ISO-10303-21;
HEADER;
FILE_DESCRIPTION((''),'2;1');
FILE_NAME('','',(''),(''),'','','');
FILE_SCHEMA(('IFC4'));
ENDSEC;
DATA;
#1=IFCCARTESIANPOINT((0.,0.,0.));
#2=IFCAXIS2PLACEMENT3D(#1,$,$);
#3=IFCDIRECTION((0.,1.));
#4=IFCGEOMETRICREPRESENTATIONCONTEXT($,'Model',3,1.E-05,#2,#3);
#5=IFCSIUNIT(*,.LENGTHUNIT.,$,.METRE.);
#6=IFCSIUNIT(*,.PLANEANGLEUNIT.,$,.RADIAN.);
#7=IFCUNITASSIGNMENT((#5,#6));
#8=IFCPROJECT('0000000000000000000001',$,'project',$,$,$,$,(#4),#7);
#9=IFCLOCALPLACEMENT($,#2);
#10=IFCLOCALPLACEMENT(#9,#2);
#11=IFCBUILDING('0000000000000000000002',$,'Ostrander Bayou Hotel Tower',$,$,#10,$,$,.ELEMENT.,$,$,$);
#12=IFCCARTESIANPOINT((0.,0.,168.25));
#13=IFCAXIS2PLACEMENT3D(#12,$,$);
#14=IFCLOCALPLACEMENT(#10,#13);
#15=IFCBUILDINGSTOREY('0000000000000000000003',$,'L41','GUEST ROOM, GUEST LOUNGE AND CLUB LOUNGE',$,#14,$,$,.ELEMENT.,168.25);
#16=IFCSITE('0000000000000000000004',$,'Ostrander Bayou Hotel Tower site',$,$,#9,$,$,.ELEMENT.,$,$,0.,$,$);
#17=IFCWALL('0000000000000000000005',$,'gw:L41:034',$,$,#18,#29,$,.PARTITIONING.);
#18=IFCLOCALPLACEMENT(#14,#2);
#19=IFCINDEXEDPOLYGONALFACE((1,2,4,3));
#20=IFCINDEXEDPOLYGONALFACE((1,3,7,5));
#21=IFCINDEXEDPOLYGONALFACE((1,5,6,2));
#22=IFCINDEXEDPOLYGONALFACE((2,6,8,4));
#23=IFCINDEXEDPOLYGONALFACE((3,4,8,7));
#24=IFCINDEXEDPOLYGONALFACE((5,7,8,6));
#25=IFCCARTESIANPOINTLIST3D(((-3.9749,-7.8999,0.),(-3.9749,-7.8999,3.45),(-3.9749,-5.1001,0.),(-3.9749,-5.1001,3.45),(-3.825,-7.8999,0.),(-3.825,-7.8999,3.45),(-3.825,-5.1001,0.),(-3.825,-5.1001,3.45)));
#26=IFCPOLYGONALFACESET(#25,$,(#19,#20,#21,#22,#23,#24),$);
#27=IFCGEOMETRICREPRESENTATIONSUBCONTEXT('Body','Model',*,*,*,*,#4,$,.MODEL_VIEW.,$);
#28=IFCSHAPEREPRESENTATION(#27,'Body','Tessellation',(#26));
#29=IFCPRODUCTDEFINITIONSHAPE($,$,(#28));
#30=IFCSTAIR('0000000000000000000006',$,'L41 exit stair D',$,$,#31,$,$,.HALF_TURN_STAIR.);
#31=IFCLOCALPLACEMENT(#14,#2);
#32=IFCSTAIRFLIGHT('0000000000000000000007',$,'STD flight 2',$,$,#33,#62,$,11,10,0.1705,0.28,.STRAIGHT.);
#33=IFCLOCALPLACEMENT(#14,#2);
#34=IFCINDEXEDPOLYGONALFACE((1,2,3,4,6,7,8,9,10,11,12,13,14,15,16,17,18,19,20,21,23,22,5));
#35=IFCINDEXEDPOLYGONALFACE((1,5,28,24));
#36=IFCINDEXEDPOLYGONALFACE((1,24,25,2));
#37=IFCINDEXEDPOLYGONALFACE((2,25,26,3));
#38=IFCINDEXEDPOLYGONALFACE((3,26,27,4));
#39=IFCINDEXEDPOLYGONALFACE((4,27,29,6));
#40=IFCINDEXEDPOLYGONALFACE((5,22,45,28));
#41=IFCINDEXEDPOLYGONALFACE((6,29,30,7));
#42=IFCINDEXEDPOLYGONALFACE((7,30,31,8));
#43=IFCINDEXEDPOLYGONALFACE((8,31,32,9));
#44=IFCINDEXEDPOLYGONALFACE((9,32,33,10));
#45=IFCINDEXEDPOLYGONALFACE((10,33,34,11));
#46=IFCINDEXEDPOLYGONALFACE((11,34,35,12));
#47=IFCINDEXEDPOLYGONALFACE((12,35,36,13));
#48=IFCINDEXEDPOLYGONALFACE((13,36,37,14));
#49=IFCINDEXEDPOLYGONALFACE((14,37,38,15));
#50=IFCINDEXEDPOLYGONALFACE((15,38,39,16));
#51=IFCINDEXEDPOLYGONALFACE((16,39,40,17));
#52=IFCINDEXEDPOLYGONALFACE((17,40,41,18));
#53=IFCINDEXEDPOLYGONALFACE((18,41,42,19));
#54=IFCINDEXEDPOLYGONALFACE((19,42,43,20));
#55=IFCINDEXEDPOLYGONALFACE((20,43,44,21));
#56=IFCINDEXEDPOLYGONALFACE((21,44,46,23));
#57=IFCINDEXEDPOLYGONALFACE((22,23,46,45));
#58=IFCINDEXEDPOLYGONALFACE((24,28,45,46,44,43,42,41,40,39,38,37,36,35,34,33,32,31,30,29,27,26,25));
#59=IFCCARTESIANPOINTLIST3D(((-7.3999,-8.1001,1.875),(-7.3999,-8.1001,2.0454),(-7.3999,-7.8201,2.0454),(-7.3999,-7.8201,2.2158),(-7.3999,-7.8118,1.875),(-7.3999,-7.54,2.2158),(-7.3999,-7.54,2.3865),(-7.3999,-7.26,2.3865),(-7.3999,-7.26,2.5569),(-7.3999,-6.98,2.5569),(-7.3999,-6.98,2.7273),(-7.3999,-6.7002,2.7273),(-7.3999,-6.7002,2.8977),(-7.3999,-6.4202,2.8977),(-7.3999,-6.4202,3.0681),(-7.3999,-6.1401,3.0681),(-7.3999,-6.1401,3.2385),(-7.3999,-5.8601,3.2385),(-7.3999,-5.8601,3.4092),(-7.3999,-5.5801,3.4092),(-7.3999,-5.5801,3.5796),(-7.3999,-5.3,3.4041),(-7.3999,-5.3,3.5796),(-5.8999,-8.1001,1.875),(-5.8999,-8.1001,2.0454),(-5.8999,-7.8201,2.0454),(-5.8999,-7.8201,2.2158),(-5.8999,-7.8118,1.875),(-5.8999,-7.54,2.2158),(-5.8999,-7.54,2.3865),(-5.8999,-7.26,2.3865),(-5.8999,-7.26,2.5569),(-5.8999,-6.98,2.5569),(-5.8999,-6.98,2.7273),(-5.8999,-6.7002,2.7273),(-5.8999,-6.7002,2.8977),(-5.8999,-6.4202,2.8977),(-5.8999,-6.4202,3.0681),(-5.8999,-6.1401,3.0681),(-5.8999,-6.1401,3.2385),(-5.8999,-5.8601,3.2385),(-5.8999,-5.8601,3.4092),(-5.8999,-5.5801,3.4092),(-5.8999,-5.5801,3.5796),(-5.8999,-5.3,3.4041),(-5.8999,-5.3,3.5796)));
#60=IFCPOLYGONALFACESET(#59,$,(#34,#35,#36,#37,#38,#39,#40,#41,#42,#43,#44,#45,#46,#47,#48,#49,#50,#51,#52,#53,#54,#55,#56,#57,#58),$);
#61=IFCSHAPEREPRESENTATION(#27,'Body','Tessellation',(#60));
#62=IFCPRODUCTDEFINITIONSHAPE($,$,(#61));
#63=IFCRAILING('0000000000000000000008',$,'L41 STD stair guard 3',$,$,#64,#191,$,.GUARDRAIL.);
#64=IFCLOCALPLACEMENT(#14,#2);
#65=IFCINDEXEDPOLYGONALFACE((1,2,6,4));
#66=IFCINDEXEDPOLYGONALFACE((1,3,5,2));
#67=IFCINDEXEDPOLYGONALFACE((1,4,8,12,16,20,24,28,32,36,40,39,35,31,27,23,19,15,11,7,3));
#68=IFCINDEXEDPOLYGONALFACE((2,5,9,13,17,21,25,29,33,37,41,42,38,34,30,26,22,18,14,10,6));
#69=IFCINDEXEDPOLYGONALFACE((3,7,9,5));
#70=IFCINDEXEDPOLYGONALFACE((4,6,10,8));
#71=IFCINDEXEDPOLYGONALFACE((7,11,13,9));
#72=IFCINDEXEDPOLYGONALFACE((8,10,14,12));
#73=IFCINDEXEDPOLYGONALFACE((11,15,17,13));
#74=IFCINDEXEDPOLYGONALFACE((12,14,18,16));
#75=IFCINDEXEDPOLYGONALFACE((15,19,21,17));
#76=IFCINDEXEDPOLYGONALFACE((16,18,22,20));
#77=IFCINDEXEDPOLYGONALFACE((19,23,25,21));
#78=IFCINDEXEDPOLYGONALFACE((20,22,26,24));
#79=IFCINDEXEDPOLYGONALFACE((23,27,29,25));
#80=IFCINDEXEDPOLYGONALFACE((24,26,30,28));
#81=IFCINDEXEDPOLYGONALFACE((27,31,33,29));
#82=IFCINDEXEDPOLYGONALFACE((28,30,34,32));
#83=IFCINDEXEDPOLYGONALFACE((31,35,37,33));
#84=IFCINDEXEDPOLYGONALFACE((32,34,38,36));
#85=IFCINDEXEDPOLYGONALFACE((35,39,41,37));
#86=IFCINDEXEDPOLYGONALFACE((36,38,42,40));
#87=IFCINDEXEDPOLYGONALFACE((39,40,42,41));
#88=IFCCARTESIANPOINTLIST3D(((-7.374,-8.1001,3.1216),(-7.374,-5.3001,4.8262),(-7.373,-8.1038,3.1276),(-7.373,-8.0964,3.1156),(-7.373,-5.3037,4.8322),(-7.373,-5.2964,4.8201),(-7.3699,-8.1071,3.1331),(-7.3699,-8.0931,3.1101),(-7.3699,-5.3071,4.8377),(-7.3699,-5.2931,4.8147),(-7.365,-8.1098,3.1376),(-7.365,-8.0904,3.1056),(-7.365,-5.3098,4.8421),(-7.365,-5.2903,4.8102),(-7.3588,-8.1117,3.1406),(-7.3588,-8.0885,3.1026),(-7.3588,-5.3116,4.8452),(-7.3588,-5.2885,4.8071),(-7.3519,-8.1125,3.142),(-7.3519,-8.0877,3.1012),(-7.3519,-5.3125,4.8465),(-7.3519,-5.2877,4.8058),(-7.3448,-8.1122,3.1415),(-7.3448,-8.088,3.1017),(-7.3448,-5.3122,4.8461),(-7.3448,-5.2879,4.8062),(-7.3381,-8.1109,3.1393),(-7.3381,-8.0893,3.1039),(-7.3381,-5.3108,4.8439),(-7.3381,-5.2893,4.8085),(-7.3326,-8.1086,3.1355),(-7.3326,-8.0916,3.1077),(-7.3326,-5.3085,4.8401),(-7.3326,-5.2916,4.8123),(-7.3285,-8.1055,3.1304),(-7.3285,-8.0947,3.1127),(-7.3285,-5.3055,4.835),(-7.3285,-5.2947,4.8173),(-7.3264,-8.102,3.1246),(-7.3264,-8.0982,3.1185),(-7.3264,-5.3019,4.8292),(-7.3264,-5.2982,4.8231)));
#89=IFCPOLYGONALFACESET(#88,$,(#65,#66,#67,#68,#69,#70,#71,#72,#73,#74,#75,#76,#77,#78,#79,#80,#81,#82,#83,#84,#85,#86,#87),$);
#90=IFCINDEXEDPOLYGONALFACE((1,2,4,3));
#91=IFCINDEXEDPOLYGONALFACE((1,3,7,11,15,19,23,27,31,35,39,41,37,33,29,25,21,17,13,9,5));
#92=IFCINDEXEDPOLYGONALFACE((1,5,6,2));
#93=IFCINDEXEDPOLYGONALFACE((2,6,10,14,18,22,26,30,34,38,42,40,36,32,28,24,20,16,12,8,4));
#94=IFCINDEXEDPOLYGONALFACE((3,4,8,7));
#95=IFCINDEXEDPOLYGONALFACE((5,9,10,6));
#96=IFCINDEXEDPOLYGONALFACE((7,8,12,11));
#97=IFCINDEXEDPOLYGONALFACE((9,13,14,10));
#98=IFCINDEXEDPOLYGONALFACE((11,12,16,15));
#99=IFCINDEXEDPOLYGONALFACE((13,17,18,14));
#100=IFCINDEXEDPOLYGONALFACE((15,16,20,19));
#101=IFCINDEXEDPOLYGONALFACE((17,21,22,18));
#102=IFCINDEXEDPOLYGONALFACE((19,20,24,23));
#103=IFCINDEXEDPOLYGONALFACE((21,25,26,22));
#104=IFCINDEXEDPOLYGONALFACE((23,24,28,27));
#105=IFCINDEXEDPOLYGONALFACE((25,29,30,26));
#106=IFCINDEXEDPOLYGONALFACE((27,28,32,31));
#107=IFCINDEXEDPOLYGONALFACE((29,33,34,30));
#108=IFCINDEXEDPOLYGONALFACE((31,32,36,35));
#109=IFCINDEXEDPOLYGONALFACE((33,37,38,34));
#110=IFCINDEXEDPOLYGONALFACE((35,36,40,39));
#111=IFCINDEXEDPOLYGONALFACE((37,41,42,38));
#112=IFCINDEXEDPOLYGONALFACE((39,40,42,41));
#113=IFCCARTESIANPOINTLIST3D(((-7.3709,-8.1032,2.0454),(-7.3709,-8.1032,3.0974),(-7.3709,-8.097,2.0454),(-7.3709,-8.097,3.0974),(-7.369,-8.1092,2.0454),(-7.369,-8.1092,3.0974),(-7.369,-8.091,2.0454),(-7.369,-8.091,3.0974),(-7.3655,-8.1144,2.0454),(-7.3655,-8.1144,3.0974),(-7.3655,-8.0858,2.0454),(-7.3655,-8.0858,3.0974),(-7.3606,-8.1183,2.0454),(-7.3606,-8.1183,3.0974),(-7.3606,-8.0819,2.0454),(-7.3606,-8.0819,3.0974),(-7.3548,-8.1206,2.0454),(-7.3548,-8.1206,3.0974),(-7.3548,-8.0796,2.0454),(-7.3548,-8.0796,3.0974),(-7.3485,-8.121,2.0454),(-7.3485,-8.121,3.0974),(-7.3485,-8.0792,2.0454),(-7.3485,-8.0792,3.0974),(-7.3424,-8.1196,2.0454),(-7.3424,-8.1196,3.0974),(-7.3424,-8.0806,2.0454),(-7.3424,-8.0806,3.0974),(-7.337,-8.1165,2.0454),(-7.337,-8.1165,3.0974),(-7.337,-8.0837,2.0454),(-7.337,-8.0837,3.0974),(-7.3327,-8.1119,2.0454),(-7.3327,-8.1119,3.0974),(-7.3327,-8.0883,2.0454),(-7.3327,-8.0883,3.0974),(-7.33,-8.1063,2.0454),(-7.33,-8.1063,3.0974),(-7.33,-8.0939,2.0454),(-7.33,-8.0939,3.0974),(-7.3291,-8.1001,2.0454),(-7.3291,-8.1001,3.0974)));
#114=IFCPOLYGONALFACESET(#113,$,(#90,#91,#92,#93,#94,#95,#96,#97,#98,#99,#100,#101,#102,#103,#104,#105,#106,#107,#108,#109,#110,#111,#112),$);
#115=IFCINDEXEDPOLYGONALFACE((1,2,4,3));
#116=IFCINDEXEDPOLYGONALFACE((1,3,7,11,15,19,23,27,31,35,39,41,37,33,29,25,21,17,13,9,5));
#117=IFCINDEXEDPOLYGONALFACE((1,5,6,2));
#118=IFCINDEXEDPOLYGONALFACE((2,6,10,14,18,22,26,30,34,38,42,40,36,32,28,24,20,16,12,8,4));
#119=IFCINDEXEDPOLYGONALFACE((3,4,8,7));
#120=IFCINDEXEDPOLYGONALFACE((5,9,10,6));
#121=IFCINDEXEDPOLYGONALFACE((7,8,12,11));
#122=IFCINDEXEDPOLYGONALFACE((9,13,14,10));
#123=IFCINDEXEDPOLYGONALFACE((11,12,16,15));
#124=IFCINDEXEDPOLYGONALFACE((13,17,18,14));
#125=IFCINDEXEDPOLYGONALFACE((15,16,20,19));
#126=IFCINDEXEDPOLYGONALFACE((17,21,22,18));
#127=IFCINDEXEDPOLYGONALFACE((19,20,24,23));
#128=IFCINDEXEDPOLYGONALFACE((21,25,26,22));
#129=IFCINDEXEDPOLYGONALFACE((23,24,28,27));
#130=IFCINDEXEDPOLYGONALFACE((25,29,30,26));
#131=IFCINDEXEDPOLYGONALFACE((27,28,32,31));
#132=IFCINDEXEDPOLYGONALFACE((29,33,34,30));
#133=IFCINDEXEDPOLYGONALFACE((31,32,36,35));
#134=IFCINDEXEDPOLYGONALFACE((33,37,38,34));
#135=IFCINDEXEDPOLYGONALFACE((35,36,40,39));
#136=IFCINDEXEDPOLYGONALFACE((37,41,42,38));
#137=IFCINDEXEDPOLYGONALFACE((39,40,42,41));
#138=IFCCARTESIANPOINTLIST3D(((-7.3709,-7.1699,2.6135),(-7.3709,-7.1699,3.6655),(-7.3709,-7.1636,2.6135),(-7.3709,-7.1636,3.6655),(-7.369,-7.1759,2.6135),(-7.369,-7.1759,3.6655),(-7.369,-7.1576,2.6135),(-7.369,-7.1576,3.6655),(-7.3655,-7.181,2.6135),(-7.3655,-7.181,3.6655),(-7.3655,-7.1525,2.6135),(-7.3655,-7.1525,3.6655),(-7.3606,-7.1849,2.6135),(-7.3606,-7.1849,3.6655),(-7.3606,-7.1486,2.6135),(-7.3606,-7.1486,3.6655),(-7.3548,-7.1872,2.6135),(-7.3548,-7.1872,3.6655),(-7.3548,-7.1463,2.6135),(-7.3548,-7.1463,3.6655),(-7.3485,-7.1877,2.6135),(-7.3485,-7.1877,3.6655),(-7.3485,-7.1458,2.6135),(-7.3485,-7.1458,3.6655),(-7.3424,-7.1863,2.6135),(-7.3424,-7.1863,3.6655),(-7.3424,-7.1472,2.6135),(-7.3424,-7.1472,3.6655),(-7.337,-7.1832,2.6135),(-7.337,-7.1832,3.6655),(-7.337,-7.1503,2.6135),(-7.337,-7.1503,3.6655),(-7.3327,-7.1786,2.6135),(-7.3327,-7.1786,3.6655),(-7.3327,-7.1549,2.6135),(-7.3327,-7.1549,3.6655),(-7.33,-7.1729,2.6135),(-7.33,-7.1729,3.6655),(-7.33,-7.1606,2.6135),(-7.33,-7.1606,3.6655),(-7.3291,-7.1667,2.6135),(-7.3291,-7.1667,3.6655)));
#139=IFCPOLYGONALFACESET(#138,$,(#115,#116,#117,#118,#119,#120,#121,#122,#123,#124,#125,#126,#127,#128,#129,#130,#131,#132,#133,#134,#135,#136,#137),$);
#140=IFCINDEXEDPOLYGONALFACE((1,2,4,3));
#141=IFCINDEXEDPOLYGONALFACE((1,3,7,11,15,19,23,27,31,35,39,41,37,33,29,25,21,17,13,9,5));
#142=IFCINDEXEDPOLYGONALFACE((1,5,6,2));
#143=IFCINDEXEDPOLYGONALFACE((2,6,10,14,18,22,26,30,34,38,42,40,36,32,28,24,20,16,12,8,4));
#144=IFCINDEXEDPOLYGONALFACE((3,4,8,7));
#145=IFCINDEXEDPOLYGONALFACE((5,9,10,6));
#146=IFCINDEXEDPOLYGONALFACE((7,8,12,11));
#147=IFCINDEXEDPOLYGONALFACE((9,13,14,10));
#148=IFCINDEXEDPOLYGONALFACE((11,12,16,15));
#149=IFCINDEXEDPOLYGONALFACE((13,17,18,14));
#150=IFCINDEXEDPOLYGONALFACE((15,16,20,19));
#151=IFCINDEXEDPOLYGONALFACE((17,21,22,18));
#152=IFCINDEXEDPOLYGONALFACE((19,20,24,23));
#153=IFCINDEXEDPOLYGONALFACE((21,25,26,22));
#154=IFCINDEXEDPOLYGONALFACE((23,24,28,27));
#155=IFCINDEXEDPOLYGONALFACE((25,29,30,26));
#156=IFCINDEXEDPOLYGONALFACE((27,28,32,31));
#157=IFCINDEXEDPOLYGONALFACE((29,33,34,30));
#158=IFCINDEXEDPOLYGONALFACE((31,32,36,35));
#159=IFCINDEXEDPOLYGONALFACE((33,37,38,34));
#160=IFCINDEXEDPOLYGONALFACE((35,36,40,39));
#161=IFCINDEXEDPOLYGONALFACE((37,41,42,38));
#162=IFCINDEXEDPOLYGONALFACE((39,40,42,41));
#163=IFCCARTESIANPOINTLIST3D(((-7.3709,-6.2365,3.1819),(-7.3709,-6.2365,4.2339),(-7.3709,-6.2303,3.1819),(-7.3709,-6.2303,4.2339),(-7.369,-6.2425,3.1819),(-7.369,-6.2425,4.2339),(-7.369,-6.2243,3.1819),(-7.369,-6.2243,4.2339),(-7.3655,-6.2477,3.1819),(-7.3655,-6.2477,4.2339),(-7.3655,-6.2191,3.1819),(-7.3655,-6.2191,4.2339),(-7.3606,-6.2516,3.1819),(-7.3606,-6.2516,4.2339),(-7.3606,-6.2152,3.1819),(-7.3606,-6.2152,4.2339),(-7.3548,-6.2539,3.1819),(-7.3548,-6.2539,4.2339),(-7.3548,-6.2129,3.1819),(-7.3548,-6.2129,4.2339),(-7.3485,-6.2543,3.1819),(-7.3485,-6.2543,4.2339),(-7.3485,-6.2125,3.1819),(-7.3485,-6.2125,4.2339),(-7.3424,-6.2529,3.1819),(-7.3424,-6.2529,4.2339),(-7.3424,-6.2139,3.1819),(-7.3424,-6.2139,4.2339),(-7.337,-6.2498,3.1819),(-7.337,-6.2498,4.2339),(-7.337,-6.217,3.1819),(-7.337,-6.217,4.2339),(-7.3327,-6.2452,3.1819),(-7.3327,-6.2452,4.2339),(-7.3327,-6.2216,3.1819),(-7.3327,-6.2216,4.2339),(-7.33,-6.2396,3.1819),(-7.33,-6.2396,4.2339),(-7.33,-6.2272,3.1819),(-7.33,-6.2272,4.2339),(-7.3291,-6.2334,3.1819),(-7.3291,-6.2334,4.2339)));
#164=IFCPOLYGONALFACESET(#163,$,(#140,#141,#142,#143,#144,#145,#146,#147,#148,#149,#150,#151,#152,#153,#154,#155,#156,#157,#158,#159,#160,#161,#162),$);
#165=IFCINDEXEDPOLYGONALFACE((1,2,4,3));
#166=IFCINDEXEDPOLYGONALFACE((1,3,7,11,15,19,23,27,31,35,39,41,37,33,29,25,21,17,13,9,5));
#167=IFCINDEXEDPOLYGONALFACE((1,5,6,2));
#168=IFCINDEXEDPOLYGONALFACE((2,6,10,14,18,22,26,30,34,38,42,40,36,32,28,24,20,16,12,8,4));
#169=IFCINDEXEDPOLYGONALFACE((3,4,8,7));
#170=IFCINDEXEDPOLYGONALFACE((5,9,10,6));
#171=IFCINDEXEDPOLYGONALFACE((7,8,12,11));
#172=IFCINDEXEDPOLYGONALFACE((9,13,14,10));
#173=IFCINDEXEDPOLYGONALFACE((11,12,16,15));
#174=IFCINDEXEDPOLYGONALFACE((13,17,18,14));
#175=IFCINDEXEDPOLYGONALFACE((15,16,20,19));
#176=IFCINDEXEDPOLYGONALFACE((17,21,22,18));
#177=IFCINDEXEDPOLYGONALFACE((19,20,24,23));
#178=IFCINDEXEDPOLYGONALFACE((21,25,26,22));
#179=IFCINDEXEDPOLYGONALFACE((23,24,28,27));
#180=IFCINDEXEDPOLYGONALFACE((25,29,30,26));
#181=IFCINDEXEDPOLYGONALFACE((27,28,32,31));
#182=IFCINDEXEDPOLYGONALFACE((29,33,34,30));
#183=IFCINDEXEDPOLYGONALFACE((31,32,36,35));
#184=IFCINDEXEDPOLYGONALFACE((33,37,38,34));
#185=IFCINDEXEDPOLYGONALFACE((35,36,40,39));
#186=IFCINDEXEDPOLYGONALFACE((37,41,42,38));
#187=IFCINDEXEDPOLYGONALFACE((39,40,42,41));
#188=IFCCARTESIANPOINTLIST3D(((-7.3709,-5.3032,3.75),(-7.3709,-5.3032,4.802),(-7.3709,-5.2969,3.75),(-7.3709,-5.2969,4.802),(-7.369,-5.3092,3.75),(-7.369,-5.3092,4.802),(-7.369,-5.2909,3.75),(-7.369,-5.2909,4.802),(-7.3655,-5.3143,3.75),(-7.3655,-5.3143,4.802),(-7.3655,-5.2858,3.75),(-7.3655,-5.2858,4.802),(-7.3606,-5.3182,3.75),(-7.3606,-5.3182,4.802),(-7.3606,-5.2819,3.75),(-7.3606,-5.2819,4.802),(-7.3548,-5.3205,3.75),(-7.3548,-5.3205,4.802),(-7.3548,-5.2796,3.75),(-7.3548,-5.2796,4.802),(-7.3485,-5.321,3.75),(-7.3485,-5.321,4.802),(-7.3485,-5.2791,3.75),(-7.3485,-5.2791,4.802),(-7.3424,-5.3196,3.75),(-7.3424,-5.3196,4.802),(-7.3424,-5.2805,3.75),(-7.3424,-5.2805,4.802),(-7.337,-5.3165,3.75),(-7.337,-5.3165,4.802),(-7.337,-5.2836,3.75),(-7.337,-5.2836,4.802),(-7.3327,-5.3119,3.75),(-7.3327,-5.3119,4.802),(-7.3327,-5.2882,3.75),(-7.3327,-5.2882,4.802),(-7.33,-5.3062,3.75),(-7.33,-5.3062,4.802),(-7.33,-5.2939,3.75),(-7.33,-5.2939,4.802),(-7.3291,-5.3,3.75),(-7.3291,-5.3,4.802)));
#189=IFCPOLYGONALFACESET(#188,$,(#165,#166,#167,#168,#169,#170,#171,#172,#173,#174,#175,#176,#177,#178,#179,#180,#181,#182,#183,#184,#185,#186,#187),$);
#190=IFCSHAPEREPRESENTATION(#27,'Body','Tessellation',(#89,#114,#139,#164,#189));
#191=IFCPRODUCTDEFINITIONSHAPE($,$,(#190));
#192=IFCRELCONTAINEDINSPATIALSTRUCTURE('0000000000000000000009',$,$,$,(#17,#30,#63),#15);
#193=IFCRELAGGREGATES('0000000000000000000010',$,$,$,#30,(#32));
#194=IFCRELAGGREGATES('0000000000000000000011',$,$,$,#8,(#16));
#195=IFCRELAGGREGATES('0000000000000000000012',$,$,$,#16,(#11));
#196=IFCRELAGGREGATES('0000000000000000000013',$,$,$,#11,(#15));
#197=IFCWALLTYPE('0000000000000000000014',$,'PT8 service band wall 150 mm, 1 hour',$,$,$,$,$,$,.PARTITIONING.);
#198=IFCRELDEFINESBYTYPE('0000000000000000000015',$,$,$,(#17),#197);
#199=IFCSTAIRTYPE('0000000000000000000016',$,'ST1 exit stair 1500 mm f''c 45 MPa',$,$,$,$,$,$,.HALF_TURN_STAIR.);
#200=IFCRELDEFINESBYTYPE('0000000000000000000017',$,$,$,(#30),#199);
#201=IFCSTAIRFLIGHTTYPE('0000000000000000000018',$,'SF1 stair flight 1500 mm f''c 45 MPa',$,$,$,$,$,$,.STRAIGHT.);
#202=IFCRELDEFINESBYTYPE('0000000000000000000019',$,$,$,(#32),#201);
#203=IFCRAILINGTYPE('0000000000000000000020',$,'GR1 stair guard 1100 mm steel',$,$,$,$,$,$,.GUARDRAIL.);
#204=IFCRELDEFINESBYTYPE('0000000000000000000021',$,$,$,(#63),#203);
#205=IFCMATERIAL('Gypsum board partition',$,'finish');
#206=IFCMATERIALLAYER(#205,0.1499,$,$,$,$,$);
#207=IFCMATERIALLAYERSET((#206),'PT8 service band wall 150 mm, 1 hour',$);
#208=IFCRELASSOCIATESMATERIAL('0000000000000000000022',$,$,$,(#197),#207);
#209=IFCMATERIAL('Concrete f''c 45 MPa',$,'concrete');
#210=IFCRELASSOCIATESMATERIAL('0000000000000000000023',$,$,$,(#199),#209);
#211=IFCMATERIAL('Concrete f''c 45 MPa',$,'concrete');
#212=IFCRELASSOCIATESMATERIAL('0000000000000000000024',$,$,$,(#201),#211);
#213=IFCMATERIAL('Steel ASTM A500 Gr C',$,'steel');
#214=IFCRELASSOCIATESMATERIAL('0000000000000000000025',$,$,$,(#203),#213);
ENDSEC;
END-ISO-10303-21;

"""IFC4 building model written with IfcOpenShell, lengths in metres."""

from ifc_helpers import new_model, si_unit, direction, frame, frame_2d, origin, origin_2d, place, context, subcontext, project, spatial, polyline, rectangle, circle, outline, extrude, material, layer, layer_set, type_object, element, aggregate, save


model = new_model("IFC4")

# Units and contexts
model_context = context("Model", 3, precision=1e-05, world=origin(), true_north=direction((0.0, 1.0)))
body_context = subcontext(model_context, "Body", "Model", "MODEL_VIEW")
ifc_project = project(units=[si_unit("LENGTHUNIT", "METRE"), si_unit("PLANEANGLEUNIT", "RADIAN")], contexts=[model_context])

# Site, building, storey
site_placement = place(None, origin())
site = spatial("IfcSite", under=ifc_project, at=site_placement, Name="Ostrander Bayou Hotel Tower site", CompositionType="ELEMENT", RefElevation=0.0)
building_placement = place(site_placement, origin())
building = spatial("IfcBuilding", under=site, at=building_placement, Name="Ostrander Bayou Hotel Tower", CompositionType="ELEMENT")
storey_placement = place(building_placement, frame((0.0, 0.0, 168.25)))
storey = spatial("IfcBuildingStorey", under=building, at=storey_placement, Name="L41", Description="GUEST ROOM, GUEST LOUNGE AND CLUB LOUNGE", CompositionType="ELEMENT", Elevation=168.25)

# Shared definitions
ifc_material_1 = material(Name="Gypsum board partition", Category="finish")
ifc_layer_1 = layer(ifc_material_1, 0.1499)
ifc_layer_set_1 = layer_set([ifc_layer_1], Name="PT8 service band wall 150 mm, 1 hour")
wall_type_1 = type_object("IfcWallType", Name="PT8 service band wall 150 mm, 1 hour", PredefinedType="PARTITIONING", material=ifc_layer_set_1)

# Wall
wall_1_placement = place(storey_placement, frame((-3.8999, -7.8999, 0.0), z_axis=(0.0, 0.0, 1.0), x_axis=(0.0, 1.0, 0.0)))
element("IfcWall", 1, at=wall_1_placement, inside=storey, type_object=wall_type_1, Name="gw:L41:034", PredefinedType="PARTITIONING", context=body_context, shape_type="SweptSolid", body=[
    extrude(rectangle(XDim=2.7998, YDim=0.1499, at=frame_2d((1.3999, 0.0))), origin(), (0.0, 0.0, 1.0), 3.45),
])

# Stair, stair flight
ifc_material_2 = material(Name="Concrete f'c 45 MPa", Category="concrete")
stair_type = type_object("IfcStairType", Name="ST1 exit stair 1500 mm f'c 45 MPa", PredefinedType="HALF_TURN_STAIR", material=ifc_material_2)
stair_placement = place(storey_placement, origin())
stair = element("IfcStair", 2, at=stair_placement, inside=storey, type_object=stair_type, Name="L41 exit stair D", PredefinedType="HALF_TURN_STAIR")
ifc_material_3 = material(Name="Concrete f'c 45 MPa", Category="concrete")
stair_flight_type = type_object("IfcStairFlightType", Name="SF1 stair flight 1500 mm f'c 45 MPa", PredefinedType="STRAIGHT", material=ifc_material_3)
stair_flight_placement = place(storey_placement, frame((-6.6499, -8.1001, 1.875), z_axis=(0.0, 0.0, 1.0), x_axis=(0.0, 1.0, 0.0)))
stair_flight = element("IfcStairFlight", 3, at=stair_flight_placement, type_object=stair_flight_type, Name="STD flight 2", NumberOfRisers=11, NumberOfTreads=10, PredefinedType="STRAIGHT", RiserHeight=0.1705, TreadLength=0.28, context=body_context, shape_type="SweptSolid", body=[
    extrude(outline(polyline([(0.0, 0.0), (0.0, 0.1704), (0.28, 0.1704), (0.28, 0.3408), (0.5601, 0.3408), (0.5601, 0.5115), (0.8401, 0.5115), (0.8401, 0.6819), (1.1201, 0.6819), (1.1201, 0.8523), (1.3999, 0.8523), (1.3999, 1.0227), (1.6799, 1.0227), (1.6799, 1.1931), (1.96, 1.1931), (1.96, 1.3635), (2.24, 1.3635), (2.24, 1.5342), (2.52, 1.5342), (2.52, 1.7046), (2.8, 1.7046), (2.8, 1.875), (2.8, 1.5291), (0.2883, 0.0), (0.0, 0.0)])), frame((0.0, 0.75, 0.0), z_axis=(0.0, -1.0, 0.0), x_axis=(1.0, 0.0, 0.0)), (0.0, 0.0, 1.0), 1.5),
])
aggregate(stair, [stair_flight])

# Railing
ifc_material_4 = material(Name="Steel ASTM A500 Gr C", Category="steel")
railing_type_1 = type_object("IfcRailingType", Name="GR1 stair guard 1100 mm steel", PredefinedType="GUARDRAIL", material=ifc_material_4)
railing_1_placement = place(storey_placement, frame((-7.3501, -8.1001, 2.0454)))
element("IfcRailing", 4, at=railing_1_placement, inside=storey, type_object=railing_type_1, Name="L41 STD stair guard 3", PredefinedType="GUARDRAIL", context=body_context, shape_type="SweptSolid", body=[
    extrude(circle(Radius=0.0239, at=origin_2d()), frame((0.0, 0.0, 1.0762), z_axis=(0.0, 0.85417, 0.519994), x_axis=(-1.0, 0.0, 0.0)), (0.0, 0.0, 1.0), 3.2781),
    extrude(circle(Radius=0.021, at=origin_2d()), origin(), (0.0, 0.0, 1.0), 1.052),
    extrude(circle(Radius=0.021, at=origin_2d()), frame((0.0, 0.9333, 0.5681)), (0.0, 0.0, 1.0), 1.052),
    extrude(circle(Radius=0.021, at=origin_2d()), frame((0.0, 1.8667, 1.1365)), (0.0, 0.0, 1.0), 1.052),
    extrude(circle(Radius=0.021, at=origin_2d()), frame((0.0, 2.8, 1.7046)), (0.0, 0.0, 1.0), 1.052),
])

save(model, "model.ifc")
